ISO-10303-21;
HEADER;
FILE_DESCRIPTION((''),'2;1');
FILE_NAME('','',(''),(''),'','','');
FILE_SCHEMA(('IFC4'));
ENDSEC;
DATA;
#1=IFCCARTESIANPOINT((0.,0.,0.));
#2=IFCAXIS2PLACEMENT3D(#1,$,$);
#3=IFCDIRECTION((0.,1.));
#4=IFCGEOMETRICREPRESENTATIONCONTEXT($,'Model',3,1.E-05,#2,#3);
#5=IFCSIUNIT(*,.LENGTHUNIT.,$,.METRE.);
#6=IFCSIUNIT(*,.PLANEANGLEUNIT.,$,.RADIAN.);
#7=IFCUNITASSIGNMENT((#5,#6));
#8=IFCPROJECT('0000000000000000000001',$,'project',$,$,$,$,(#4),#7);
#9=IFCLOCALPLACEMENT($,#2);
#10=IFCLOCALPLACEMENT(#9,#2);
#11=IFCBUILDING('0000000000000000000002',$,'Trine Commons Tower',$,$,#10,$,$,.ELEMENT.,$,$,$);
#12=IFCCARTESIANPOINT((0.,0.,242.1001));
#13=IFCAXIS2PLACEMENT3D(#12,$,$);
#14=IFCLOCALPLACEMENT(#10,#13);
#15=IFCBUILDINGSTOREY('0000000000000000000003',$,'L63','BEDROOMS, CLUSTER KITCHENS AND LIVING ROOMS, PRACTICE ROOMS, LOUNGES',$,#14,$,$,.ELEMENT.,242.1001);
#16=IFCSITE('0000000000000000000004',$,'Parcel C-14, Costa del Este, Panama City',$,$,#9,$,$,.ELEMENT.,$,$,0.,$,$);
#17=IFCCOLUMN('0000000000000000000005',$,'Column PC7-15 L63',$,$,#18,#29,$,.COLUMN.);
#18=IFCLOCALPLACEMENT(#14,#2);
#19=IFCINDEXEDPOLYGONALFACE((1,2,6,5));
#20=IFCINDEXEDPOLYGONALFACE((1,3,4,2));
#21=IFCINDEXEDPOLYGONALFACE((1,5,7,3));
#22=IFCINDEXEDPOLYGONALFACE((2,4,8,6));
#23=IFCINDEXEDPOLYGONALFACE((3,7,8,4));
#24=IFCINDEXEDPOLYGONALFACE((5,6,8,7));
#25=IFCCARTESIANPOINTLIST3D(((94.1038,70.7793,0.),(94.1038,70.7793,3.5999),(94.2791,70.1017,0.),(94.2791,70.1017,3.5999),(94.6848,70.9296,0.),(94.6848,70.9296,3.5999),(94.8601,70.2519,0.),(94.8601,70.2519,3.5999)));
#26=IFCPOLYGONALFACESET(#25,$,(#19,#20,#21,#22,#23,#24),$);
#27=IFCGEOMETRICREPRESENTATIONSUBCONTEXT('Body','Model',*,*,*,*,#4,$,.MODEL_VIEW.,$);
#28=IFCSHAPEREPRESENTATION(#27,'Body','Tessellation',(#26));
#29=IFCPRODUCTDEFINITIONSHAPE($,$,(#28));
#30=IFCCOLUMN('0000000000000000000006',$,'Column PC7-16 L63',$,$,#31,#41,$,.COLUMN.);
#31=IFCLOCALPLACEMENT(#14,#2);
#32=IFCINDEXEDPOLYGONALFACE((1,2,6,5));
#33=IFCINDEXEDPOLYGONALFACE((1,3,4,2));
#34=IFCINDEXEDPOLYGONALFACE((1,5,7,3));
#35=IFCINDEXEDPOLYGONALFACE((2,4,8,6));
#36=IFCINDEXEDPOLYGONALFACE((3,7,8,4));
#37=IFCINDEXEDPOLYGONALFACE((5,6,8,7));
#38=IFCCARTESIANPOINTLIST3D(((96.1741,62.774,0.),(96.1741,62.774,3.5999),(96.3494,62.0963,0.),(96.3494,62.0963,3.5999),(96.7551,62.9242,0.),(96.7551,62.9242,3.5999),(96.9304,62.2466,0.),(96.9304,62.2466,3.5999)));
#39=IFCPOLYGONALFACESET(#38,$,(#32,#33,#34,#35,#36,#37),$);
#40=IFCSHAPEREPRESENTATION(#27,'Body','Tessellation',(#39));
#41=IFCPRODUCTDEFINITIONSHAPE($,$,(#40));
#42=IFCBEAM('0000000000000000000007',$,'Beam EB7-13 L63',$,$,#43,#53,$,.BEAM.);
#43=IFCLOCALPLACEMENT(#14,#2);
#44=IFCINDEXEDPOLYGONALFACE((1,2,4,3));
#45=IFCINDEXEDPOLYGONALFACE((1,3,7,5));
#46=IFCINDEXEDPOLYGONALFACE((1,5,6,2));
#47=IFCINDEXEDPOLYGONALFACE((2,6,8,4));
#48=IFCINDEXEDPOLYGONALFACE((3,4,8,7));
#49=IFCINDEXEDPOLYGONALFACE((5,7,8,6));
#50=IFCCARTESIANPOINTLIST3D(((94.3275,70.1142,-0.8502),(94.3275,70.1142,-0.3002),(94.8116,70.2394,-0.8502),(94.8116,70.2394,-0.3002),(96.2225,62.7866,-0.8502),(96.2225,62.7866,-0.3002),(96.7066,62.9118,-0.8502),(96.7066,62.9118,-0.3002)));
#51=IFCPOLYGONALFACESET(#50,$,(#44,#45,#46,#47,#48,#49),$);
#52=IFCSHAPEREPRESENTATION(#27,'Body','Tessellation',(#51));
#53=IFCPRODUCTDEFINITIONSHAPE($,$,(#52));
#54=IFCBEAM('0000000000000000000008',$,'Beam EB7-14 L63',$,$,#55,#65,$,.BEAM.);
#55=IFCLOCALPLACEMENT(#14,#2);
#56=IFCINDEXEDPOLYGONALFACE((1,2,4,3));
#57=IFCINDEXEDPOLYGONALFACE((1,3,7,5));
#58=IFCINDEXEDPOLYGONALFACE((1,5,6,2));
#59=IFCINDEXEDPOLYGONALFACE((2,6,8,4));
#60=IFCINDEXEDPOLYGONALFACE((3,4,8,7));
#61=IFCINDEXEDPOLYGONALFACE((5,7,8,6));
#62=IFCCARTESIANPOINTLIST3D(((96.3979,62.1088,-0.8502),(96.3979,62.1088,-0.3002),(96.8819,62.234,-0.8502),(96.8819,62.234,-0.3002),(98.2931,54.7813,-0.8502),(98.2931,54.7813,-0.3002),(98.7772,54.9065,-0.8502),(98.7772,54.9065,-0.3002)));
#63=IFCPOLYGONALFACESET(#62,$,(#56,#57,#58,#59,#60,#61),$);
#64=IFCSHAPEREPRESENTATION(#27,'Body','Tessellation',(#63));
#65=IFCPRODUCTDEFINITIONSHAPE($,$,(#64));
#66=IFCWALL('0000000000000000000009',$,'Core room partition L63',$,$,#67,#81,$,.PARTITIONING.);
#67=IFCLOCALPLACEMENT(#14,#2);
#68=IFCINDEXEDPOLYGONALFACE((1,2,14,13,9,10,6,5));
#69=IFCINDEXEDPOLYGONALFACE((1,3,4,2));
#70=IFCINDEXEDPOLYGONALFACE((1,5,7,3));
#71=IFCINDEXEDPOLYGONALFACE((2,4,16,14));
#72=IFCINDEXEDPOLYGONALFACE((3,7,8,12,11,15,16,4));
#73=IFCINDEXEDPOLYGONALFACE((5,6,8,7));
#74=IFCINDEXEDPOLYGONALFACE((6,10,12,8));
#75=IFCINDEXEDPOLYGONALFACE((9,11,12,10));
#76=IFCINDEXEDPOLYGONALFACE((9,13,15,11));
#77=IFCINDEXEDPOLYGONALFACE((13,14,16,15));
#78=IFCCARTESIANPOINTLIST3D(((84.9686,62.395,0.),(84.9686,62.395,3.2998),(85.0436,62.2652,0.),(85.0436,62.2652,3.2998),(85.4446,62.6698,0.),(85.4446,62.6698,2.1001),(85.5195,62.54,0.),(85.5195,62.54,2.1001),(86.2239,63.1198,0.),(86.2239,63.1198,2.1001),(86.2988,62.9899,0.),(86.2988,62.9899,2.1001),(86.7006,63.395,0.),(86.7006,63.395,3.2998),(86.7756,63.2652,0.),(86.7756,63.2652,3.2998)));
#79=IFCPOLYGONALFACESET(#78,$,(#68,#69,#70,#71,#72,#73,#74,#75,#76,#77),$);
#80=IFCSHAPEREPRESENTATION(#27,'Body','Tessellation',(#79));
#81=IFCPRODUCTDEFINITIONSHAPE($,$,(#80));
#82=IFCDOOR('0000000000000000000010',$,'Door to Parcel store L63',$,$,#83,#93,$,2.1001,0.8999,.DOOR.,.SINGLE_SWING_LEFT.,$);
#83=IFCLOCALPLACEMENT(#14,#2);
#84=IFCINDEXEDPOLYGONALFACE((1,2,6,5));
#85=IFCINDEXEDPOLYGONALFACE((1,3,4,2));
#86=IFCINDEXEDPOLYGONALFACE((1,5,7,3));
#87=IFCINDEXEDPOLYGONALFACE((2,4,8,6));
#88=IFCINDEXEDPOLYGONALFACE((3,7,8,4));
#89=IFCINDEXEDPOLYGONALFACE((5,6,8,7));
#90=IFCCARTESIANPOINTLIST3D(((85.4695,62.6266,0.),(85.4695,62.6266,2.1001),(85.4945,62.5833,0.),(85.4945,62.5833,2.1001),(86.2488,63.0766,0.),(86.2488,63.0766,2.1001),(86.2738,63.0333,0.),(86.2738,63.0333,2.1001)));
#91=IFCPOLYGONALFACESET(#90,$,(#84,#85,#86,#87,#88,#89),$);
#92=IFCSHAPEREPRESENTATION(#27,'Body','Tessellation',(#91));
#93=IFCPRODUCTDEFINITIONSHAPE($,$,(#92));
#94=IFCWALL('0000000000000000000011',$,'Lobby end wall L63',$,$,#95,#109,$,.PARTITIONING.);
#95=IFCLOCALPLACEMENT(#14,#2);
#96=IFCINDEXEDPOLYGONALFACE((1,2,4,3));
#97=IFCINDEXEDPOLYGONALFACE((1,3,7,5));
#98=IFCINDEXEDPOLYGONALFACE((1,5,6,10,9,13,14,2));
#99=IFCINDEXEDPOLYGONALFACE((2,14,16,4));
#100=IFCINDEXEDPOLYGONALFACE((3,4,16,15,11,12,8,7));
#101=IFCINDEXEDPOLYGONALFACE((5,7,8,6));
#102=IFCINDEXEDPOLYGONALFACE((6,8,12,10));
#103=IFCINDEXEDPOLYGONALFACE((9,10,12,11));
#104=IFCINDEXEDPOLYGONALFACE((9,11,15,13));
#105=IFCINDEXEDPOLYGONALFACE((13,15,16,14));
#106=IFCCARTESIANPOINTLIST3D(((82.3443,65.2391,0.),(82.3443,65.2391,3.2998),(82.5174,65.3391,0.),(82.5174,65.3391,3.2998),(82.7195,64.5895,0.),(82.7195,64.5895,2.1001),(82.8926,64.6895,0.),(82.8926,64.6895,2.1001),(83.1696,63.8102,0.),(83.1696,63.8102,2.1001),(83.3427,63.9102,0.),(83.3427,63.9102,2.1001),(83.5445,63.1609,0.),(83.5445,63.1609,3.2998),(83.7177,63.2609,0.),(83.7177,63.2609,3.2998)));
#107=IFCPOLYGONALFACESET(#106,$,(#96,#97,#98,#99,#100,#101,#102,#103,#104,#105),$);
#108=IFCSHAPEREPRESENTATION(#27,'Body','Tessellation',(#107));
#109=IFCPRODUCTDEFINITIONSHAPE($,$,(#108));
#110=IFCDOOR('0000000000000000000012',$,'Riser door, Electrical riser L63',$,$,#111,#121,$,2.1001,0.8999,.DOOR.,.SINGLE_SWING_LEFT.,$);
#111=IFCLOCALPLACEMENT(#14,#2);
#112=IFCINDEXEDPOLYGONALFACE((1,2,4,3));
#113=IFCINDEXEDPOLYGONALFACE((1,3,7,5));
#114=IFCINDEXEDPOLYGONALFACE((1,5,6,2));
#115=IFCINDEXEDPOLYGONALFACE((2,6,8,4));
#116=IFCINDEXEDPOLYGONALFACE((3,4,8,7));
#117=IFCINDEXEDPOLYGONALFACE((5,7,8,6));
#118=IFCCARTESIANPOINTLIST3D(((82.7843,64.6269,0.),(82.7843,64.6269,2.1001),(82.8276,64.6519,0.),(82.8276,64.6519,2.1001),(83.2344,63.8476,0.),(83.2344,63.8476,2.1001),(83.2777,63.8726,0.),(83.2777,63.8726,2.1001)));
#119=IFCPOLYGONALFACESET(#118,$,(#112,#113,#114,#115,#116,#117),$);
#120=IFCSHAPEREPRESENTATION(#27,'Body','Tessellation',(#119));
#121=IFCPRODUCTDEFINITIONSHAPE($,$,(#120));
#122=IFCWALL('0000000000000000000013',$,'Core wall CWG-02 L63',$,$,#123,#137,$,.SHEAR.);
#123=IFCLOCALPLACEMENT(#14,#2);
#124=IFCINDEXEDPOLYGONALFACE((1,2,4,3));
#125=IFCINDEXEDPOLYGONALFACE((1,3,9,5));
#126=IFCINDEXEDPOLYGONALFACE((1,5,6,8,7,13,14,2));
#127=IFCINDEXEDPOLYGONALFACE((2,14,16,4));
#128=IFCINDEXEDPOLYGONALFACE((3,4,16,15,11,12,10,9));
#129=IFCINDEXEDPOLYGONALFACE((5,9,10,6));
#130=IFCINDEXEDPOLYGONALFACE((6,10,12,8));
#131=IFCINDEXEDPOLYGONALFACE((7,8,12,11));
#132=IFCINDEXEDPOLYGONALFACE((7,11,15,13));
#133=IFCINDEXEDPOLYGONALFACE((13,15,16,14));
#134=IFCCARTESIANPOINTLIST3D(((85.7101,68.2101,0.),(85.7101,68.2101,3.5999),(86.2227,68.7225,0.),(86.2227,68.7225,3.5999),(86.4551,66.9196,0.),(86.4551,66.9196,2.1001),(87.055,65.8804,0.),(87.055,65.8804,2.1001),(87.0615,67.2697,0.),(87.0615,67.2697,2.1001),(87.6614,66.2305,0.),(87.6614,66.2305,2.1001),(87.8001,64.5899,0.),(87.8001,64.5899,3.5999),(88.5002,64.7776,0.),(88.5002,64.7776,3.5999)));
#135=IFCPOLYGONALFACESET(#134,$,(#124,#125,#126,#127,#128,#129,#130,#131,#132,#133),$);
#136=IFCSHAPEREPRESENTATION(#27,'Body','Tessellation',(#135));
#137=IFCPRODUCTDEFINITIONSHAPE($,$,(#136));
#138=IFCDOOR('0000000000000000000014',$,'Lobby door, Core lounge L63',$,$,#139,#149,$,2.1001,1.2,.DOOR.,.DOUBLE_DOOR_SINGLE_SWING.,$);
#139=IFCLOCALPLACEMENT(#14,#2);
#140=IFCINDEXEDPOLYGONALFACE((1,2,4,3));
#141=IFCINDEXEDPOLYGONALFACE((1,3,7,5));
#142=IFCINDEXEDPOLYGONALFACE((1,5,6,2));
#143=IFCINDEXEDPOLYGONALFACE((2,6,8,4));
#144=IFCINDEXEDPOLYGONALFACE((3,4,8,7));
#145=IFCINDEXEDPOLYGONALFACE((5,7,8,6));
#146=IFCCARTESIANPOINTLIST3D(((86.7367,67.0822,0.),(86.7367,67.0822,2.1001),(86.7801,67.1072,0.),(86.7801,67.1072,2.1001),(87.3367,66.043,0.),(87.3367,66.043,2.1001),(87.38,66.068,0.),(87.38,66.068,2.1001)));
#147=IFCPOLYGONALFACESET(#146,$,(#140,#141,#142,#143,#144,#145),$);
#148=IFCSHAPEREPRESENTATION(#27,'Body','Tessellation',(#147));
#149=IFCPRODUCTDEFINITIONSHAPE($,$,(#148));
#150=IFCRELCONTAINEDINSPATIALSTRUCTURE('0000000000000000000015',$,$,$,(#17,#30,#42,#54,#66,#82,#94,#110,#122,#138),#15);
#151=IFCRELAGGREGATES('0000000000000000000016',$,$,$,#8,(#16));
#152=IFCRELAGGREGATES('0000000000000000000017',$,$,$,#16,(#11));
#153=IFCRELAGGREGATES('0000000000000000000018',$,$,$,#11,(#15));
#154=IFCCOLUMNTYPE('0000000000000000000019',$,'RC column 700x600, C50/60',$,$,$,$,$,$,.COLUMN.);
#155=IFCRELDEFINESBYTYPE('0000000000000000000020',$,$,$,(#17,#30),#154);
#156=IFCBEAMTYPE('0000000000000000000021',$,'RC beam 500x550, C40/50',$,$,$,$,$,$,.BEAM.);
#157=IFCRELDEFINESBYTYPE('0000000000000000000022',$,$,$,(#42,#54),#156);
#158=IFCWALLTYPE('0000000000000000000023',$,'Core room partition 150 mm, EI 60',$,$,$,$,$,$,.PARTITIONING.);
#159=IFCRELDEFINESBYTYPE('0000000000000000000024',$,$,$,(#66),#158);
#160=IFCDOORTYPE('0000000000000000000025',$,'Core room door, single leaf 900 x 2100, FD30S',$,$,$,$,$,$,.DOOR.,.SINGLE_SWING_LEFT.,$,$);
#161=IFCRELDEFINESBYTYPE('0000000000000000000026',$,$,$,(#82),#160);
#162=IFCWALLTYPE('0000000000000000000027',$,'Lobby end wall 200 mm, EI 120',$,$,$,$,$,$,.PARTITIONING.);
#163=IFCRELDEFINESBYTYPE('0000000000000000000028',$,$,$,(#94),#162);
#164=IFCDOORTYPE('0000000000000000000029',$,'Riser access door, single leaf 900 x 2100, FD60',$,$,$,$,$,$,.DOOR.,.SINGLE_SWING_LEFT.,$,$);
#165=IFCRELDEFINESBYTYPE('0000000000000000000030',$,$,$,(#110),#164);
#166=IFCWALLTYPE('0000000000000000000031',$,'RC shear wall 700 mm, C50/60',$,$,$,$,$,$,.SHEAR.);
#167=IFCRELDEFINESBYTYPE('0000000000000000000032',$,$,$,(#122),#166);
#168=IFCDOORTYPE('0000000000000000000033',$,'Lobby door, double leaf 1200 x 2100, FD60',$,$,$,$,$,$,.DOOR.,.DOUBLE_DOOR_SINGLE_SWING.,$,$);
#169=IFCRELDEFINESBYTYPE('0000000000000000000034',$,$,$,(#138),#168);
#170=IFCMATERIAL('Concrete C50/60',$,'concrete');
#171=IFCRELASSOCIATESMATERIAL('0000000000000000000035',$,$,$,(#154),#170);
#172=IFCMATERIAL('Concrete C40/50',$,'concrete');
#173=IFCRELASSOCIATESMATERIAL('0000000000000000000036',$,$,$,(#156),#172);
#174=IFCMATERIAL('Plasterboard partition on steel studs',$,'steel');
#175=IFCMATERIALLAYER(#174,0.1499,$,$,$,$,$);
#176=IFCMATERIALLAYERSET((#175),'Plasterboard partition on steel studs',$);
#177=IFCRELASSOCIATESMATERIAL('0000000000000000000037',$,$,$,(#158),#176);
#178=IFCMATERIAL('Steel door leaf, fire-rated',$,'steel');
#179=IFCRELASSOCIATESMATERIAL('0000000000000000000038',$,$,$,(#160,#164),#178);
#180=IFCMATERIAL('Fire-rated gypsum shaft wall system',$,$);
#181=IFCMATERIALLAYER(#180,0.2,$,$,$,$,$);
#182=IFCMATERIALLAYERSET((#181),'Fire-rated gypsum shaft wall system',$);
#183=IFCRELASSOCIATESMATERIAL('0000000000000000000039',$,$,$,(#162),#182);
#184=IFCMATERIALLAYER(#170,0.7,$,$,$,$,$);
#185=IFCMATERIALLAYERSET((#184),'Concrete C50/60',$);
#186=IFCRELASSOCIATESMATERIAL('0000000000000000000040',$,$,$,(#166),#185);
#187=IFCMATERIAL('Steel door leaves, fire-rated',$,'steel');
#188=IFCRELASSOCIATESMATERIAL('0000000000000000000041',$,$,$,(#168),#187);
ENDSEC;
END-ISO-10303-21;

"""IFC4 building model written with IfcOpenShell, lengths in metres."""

from ifc_helpers import new_model, si_unit, direction, frame, frame_2d, origin, origin_2d, place, context, subcontext, project, spatial, polyline, rectangle, outline, extrude, material, layer, layer_set, material_profile, profile_set, type_object, element, fill, save


model = new_model("IFC4")

# Units and contexts
model_context = context("Model", 3, precision=1e-05, world=origin(), true_north=direction((0.0, 1.0)))
body_context = subcontext(model_context, "Body", "Model", "MODEL_VIEW")
ifc_project = project(units=[si_unit("LENGTHUNIT", "METRE"), si_unit("PLANEANGLEUNIT", "RADIAN")], contexts=[model_context])

# Site, building, storey
site_placement = place(None, origin())
site = spatial("IfcSite", under=ifc_project, at=site_placement, Name="Parcel C-14, Costa del Este, Panama City", CompositionType="ELEMENT", RefElevation=0.0)
building_placement = place(site_placement, origin())
building = spatial("IfcBuilding", under=site, at=building_placement, Name="Trine Commons Tower", CompositionType="ELEMENT")
storey_placement = place(building_placement, frame((0.0, 0.0, 242.1001)))
storey = spatial("IfcBuildingStorey", under=building, at=storey_placement, Name="L63", Description="BEDROOMS, CLUSTER KITCHENS AND LIVING ROOMS, PRACTICE ROOMS, LOUNGES", CompositionType="ELEMENT", Elevation=242.1001)

# Columns
ifc_material_1 = material(Name="Concrete C50/60", Category="concrete")
ifc_material_profile_1 = material_profile(ifc_material_1, rectangle(XDim=0.7, YDim=0.6001, at=origin_2d()), Name="RC 700x600")
ifc_profile_set_1 = profile_set([ifc_material_profile_1], Name="Concrete C50/60")
column_type = type_object("IfcColumnType", Name="RC column 700x600, C50/60", PredefinedType="COLUMN", material=ifc_profile_set_1)
for number, where, z_axis, x_axis, name in (
    (1, (94.4819, 70.5156, 0.0), (0.0, 0.0, 1.0), (-0.25038, 0.968148, 0.0), "Column PC7-15 L63"),
    (2, (96.5522, 62.5103, 0.0), (0.0, 0.0, 1.0), (-0.25038, 0.968148, 0.0), "Column PC7-16 L63"),
):
    element("IfcColumn", number, at=place(storey_placement, frame(where, z_axis=z_axis, x_axis=x_axis)), inside=storey, type_object=column_type, Name=name, PredefinedType="COLUMN", context=body_context, shape_type="SweptSolid", body=[
        extrude(rectangle(XDim=0.7, YDim=0.6001, at=origin_2d()), origin(), (0.0, 0.0, 1.0), 3.5999),
    ])

# Beams
ifc_material_2 = material(Name="Concrete C40/50", Category="concrete")
ifc_material_profile_2 = material_profile(ifc_material_2, rectangle(XDim=0.5, YDim=0.55, at=origin_2d()), Name="RC 500x550")
ifc_profile_set_2 = profile_set([ifc_material_profile_2], Name="Concrete C40/50")
beam_type = type_object("IfcBeamType", Name="RC beam 500x550, C40/50", PredefinedType="BEAM", material=ifc_profile_set_2)
for number, where, z_axis, x_axis, name in (
    (3, (94.5696, 70.1768, -0.5752), (0.250376, -0.968149, 0.0), (0.968149, 0.250376, 0.0), "Beam EB7-13 L63"),
    (4, (96.6399, 62.1714, -0.5752), (0.250414, -0.968139, 0.0), (0.968139, 0.250414, 0.0), "Beam EB7-14 L63"),
):
    element("IfcBeam", number, at=place(storey_placement, frame(where, z_axis=z_axis, x_axis=x_axis)), inside=storey, type_object=beam_type, Name=name, PredefinedType="BEAM", context=body_context, shape_type="SweptSolid", body=[
        extrude(rectangle(XDim=0.5, YDim=0.55, at=origin_2d()), origin(), (0.0, 0.0, 1.0), 7.5686),
    ])

# Walls, openings, doors
ifc_material_3 = material(Name="Plasterboard partition on steel studs", Category="steel")
ifc_layer_1 = layer(ifc_material_3, 0.1499)
ifc_layer_set_1 = layer_set([ifc_layer_1], Name="Plasterboard partition on steel studs")
wall_type_1 = type_object("IfcWallType", Name="Core room partition 150 mm, EI 60", PredefinedType="PARTITIONING", material=ifc_layer_set_1)
wall_1_placement = place(storey_placement, frame((85.0061, 62.3301, 0.0), z_axis=(0.0, 0.0, 1.0), x_axis=(0.866011, 0.500025, 0.0)))
wall_1 = element("IfcWall", 5, at=wall_1_placement, inside=storey, type_object=wall_type_1, Name="Core room partition L63", PredefinedType="PARTITIONING", context=body_context, shape_type="SweptSolid", body=[
    extrude(rectangle(XDim=2.0, YDim=0.1499, at=frame_2d((1.0, 0.0))), origin(), (0.0, 0.0, 1.0), 3.2998),
])
opening_1_placement = place(wall_1_placement, frame((0.5496, 0.0, 0.0)))
opening_1 = element("IfcOpeningElement", 6, at=opening_1_placement, cuts=wall_1, PredefinedType="OPENING", context=body_context, shape_type="SweptSolid", body=[
    extrude(rectangle(XDim=0.8999, YDim=2.1001, at=frame_2d((0.45, 1.05))), frame((0.0, 0.085, 0.0), z_axis=(0.0, -1.0, 0.0), x_axis=(1.0, 0.0, 0.0)), (0.0, 0.0, 1.0), 0.1699),
])
ifc_material_4 = material(Name="Steel door leaf, fire-rated", Category="steel")
door_type_1 = type_object("IfcDoorType", Name="Core room door, single leaf 900 x 2100, FD30S", OperationType="SINGLE_SWING_LEFT", PredefinedType="DOOR", material=ifc_material_4)
door_1_placement = place(opening_1_placement, frame((0.8999, 0.0, 0.0), z_axis=(0.0, 0.0, 1.0), x_axis=(-1.0, 0.0, 0.0)))
door_1 = element("IfcDoor", 7, at=door_1_placement, inside=storey, type_object=door_type_1, Name="Door to Parcel store L63", OperationType="SINGLE_SWING_LEFT", OverallHeight=2.1001, OverallWidth=0.8999, PredefinedType="DOOR", context=body_context, shape_type="SweptSolid", body=[
    extrude(rectangle(XDim=0.8999, YDim=2.1001, at=frame_2d((0.45, 1.05))), frame((0.0, 0.0249, 0.0), z_axis=(0.0, -1.0, 0.0), x_axis=(1.0, 0.0, 0.0)), (0.0, 0.0, 1.0), 0.05),
])
fill(opening_1, door_1)
ifc_material_5 = material(Name="Fire-rated gypsum shaft wall system")
ifc_layer_2 = layer(ifc_material_5, 0.2)
ifc_layer_set_2 = layer_set([ifc_layer_2], Name="Fire-rated gypsum shaft wall system")
wall_type_2 = type_object("IfcWallType", Name="Lobby end wall 200 mm, EI 120", PredefinedType="PARTITIONING", material=ifc_layer_set_2)
wall_2_placement = place(storey_placement, frame((83.6311, 63.2109, 0.0), z_axis=(0.0, 0.0, 1.0), x_axis=(-0.500122, 0.865955, 0.0)))
wall_2 = element("IfcWall", 8, at=wall_2_placement, inside=storey, type_object=wall_type_2, Name="Lobby end wall L63", PredefinedType="PARTITIONING", context=body_context, shape_type="SweptSolid", body=[
    extrude(rectangle(XDim=2.3999, YDim=0.2, at=frame_2d((1.2, 0.0))), origin(), (0.0, 0.0, 1.0), 3.2998),
])
opening_2_placement = place(wall_2_placement, frame((0.7498, 0.0, 0.0)))
opening_2 = element("IfcOpeningElement", 9, at=opening_2_placement, cuts=wall_2, PredefinedType="OPENING", context=body_context, shape_type="SweptSolid", body=[
    extrude(rectangle(XDim=0.8999, YDim=2.1001, at=frame_2d((0.45, 1.05))), frame((0.0, 0.1099, 0.0), z_axis=(0.0, -1.0, 0.0), x_axis=(1.0, 0.0, 0.0)), (0.0, 0.0, 1.0), 0.22),
])
door_type_2 = type_object("IfcDoorType", Name="Riser access door, single leaf 900 x 2100, FD60", OperationType="SINGLE_SWING_LEFT", PredefinedType="DOOR", material=ifc_material_4)
door_2_placement = place(opening_2_placement, frame((0.8999, 0.0, 0.0), z_axis=(0.0, 0.0, 1.0), x_axis=(-1.0, 0.0, 0.0)))
door_2 = element("IfcDoor", 10, at=door_2_placement, inside=storey, type_object=door_type_2, Name="Riser door, Electrical riser L63", OperationType="SINGLE_SWING_LEFT", OverallHeight=2.1001, OverallWidth=0.8999, PredefinedType="DOOR", context=body_context, shape_type="SweptSolid", body=[
    extrude(rectangle(XDim=0.8999, YDim=2.1001, at=frame_2d((0.45, 1.05))), frame((0.0, 0.0249, 0.0), z_axis=(0.0, -1.0, 0.0), x_axis=(1.0, 0.0, 0.0)), (0.0, 0.0, 1.0), 0.05),
])
fill(opening_2, door_2)
ifc_layer_3 = layer(ifc_material_1, 0.7)
ifc_layer_set_3 = layer_set([ifc_layer_3], Name="Concrete C50/60")
wall_type_3 = type_object("IfcWallType", Name="RC shear wall 700 mm, C50/60", PredefinedType="SHEAR", material=ifc_layer_set_3)
wall_3_placement = place(storey_placement, frame((88.197, 64.6025, 0.0), z_axis=(0.0, 0.0, 1.0), x_axis=(-0.499984, 0.866035, 0.0)))
wall_3 = element("IfcWall", 11, at=wall_3_placement, inside=storey, type_object=wall_type_3, Name="Core wall CWG-02 L63", PredefinedType="SHEAR", context=body_context, shape_type="SweptSolid", body=[
    extrude(outline(polyline([(0.0, -0.3501), (4.5552, -0.3501), (4.3677, 0.3501), (0.1875, 0.3501), (0.0, -0.3501)])), origin(), (0.0, 0.0, 1.0), 3.5999),
])
opening_3_placement = place(wall_3_placement, frame((1.6775, 0.0, 0.0)))
opening_3 = element("IfcOpeningElement", 12, at=opening_3_placement, cuts=wall_3, PredefinedType="OPENING", context=body_context, shape_type="SweptSolid", body=[
    extrude(rectangle(XDim=1.2, YDim=2.1001, at=frame_2d((0.6001, 1.05))), frame((0.0, 0.3599, 0.0), z_axis=(0.0, -1.0, 0.0), x_axis=(1.0, 0.0, 0.0)), (0.0, 0.0, 1.0), 0.72),
])
ifc_material_6 = material(Name="Steel door leaves, fire-rated", Category="steel")
door_type_3 = type_object("IfcDoorType", Name="Lobby door, double leaf 1200 x 2100, FD60", OperationType="DOUBLE_DOOR_SINGLE_SWING", PredefinedType="DOOR", material=ifc_material_6)
door_3_placement = place(opening_3_placement, origin())
door_3 = element("IfcDoor", 13, at=door_3_placement, inside=storey, type_object=door_type_3, Name="Lobby door, Core lounge L63", OperationType="DOUBLE_DOOR_SINGLE_SWING", OverallHeight=2.1001, OverallWidth=1.2, PredefinedType="DOOR", context=body_context, shape_type="SweptSolid", body=[
    extrude(rectangle(XDim=1.2, YDim=2.1001, at=frame_2d((0.6001, 1.05))), frame((0.0, 0.0249, 0.0), z_axis=(0.0, -1.0, 0.0), x_axis=(1.0, 0.0, 0.0)), (0.0, 0.0, 1.0), 0.05),
])
fill(opening_3, door_3)

save(model, "model.ifc")
